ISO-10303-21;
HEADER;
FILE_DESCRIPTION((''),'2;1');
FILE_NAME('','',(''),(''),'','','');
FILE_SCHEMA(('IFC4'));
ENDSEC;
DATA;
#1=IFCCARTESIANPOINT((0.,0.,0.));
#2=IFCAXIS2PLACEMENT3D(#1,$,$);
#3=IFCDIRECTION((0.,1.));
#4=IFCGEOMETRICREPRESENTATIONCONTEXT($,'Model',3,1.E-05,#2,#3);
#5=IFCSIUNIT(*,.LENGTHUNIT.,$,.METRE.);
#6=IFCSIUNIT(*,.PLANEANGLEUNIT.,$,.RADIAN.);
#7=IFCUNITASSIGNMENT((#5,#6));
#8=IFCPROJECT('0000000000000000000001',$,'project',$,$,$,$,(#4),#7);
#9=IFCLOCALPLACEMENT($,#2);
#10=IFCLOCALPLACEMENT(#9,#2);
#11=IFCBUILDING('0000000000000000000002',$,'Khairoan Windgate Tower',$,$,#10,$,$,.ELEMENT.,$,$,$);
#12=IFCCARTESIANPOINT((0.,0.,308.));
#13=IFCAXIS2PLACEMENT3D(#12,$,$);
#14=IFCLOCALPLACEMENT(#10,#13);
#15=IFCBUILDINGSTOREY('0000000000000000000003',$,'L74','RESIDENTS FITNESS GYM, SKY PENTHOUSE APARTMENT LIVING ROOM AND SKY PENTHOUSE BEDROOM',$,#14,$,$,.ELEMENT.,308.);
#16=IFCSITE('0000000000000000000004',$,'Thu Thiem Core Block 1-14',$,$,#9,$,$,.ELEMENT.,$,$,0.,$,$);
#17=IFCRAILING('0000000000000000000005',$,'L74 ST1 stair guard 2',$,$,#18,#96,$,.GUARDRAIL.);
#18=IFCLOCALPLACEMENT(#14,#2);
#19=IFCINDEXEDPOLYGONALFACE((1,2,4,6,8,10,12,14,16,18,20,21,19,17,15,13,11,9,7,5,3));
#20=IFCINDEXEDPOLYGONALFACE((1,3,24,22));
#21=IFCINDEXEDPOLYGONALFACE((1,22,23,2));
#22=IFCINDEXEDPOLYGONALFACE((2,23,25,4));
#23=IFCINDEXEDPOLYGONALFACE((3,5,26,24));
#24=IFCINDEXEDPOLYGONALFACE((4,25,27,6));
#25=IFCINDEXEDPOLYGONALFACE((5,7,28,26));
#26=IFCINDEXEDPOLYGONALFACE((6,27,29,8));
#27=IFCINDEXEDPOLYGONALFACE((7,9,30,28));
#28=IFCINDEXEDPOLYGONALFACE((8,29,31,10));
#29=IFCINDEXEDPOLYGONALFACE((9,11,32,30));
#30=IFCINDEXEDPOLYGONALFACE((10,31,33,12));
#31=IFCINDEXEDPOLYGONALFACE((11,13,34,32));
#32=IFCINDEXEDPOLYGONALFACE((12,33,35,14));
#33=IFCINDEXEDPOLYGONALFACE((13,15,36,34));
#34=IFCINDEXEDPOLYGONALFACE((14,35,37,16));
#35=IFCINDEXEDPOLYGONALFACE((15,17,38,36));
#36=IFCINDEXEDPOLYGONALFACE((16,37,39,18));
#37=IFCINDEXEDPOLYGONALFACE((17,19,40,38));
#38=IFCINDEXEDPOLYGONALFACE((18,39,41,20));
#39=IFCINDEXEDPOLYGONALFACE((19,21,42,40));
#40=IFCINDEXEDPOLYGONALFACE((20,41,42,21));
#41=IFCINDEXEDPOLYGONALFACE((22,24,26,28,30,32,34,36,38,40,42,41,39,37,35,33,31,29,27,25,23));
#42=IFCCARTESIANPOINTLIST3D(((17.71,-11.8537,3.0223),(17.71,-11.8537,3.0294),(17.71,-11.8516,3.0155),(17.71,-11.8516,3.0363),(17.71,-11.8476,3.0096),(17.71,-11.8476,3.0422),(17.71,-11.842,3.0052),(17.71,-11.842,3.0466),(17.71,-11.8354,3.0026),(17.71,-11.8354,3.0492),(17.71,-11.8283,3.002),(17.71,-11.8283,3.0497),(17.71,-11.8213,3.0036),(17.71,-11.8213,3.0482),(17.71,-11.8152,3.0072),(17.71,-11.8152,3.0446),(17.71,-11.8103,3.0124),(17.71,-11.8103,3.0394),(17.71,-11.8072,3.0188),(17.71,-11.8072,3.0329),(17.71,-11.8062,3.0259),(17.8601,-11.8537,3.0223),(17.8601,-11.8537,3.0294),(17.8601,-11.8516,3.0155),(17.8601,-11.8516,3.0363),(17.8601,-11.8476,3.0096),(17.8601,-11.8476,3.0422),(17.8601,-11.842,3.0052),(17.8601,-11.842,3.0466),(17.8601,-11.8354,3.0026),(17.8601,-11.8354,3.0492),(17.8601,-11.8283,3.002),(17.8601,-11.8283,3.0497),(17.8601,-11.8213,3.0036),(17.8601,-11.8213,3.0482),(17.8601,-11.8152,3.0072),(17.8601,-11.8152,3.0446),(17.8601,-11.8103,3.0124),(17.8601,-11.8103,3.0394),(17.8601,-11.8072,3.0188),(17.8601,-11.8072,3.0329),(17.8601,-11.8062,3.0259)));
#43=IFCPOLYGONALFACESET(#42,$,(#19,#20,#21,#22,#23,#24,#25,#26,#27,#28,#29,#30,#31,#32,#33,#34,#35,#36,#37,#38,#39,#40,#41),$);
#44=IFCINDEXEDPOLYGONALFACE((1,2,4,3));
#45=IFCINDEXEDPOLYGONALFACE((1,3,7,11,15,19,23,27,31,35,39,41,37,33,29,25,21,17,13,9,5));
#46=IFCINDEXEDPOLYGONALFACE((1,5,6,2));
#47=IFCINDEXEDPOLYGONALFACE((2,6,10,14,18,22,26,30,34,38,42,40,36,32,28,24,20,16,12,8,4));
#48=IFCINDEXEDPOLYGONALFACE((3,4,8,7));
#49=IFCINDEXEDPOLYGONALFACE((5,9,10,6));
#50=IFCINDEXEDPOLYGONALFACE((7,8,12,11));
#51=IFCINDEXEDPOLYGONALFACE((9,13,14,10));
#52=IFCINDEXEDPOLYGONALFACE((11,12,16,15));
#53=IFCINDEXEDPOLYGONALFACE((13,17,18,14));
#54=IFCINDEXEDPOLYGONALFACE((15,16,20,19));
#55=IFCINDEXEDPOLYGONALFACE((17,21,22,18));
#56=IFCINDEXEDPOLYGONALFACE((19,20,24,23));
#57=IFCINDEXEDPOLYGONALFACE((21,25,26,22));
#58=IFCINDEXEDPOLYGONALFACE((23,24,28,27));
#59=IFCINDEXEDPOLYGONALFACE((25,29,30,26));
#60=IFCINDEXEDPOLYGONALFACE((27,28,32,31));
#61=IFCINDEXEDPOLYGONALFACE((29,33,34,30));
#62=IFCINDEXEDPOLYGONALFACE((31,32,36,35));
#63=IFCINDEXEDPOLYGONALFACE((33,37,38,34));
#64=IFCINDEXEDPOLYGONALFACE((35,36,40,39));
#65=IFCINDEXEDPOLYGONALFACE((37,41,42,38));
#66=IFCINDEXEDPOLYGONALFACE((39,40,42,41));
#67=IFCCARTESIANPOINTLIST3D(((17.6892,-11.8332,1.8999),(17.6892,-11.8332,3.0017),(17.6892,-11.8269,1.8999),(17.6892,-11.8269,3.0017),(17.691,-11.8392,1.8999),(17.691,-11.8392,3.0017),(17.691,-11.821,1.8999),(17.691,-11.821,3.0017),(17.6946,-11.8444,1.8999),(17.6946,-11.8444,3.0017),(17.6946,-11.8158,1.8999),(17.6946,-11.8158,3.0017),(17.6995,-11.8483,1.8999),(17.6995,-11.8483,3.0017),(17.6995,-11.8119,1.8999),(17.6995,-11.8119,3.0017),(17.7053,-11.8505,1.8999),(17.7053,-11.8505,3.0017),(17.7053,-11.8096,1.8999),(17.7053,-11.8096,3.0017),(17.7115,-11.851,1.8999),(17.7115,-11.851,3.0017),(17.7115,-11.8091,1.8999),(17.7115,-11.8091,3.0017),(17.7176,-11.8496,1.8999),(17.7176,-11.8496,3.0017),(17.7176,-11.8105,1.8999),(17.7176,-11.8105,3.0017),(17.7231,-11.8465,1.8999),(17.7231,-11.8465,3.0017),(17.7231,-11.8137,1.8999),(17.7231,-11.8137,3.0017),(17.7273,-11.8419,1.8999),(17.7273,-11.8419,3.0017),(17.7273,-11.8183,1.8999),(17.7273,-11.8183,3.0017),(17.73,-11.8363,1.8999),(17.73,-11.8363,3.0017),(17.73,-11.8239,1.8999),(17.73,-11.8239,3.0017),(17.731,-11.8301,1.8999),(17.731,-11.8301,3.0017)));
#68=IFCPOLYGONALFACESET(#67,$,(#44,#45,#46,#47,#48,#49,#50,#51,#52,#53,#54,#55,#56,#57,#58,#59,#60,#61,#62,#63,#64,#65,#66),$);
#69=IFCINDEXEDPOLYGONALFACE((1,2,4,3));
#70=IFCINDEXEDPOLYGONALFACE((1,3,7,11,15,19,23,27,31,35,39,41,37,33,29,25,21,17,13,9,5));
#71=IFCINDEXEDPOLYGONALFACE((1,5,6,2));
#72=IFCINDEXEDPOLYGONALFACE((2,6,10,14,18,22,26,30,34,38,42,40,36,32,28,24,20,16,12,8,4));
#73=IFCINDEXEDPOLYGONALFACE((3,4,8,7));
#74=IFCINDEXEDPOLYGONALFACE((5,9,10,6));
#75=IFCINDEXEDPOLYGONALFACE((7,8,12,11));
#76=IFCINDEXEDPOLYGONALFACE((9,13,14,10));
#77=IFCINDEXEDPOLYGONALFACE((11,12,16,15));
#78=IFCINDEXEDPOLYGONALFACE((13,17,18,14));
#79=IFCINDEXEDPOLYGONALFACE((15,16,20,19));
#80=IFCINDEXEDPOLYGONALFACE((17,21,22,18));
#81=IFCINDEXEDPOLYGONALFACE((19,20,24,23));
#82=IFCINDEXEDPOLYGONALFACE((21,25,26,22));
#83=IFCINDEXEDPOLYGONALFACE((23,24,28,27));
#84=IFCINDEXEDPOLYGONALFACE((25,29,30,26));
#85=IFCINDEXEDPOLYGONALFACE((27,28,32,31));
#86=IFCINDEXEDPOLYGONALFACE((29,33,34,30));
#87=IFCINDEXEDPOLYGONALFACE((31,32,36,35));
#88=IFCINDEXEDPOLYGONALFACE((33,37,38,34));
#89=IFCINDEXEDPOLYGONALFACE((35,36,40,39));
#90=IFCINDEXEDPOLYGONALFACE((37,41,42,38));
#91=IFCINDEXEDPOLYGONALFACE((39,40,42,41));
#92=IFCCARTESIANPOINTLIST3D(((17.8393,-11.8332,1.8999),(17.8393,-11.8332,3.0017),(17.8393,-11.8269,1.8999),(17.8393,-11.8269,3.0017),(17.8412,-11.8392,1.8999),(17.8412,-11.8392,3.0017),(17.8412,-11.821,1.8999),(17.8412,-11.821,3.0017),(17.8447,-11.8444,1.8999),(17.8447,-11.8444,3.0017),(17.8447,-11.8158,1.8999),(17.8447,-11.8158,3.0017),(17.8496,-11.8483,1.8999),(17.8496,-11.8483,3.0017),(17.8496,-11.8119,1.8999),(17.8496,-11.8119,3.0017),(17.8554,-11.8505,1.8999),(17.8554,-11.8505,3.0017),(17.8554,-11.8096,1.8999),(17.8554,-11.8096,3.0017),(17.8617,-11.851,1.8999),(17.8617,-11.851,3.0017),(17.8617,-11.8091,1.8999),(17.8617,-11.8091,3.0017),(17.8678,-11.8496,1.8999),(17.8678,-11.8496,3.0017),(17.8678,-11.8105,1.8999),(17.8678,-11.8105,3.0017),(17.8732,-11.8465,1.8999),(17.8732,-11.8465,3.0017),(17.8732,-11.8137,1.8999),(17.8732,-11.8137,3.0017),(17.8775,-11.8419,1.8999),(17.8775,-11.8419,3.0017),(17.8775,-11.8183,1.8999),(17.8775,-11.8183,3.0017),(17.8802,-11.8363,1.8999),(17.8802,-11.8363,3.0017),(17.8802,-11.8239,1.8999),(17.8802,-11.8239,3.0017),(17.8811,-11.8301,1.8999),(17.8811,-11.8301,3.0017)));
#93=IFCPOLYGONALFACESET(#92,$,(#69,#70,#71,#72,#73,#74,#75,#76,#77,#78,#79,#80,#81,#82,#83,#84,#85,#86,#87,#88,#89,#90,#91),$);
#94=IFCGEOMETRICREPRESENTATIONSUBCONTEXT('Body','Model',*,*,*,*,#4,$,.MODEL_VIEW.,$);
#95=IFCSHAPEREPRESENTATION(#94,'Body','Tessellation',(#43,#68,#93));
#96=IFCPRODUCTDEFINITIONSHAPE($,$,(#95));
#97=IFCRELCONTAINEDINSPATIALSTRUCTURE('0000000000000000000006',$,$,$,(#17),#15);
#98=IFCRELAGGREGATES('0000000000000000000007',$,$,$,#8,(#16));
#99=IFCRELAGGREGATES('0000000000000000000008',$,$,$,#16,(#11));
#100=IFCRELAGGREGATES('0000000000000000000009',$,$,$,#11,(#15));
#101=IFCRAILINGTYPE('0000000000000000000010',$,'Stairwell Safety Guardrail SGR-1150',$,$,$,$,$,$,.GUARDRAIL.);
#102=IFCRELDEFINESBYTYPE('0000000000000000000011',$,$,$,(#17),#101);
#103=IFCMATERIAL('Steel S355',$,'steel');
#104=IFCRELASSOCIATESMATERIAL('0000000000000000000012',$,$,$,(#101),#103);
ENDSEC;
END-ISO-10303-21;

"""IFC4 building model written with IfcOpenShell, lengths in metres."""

from ifc_helpers import new_model, si_unit, direction, frame, origin, origin_2d, place, context, subcontext, project, spatial, circle, extrude, material, type_object, element, save


model = new_model("IFC4")

# Units and contexts
model_context = context("Model", 3, precision=1e-05, world=origin(), true_north=direction((0.0, 1.0)))
body_context = subcontext(model_context, "Body", "Model", "MODEL_VIEW")
ifc_project = project(units=[si_unit("LENGTHUNIT", "METRE"), si_unit("PLANEANGLEUNIT", "RADIAN")], contexts=[model_context])

# Site, building, storey
site_placement = place(None, origin())
site = spatial("IfcSite", under=ifc_project, at=site_placement, Name="Thu Thiem Core Block 1-14", CompositionType="ELEMENT", RefElevation=0.0)
building_placement = place(site_placement, origin())
building = spatial("IfcBuilding", under=site, at=building_placement, Name="Khairoan Windgate Tower", CompositionType="ELEMENT")
storey_placement = place(building_placement, frame((0.0, 0.0, 308.0)))
storey = spatial("IfcBuildingStorey", under=building, at=storey_placement, Name="L74", Description="RESIDENTS FITNESS GYM, SKY PENTHOUSE APARTMENT LIVING ROOM AND SKY PENTHOUSE BEDROOM", CompositionType="ELEMENT", Elevation=308.0)

# Railing
ifc_material_1 = material(Name="Steel S355", Category="steel")
railing_type_1 = type_object("IfcRailingType", Name="Stairwell Safety Guardrail SGR-1150", PredefinedType="GUARDRAIL", material=ifc_material_1)
railing_1_placement = place(storey_placement, frame((17.71, -11.8301, 1.8999)))
element("IfcRailing", 1, at=railing_1_placement, inside=storey, type_object=railing_type_1, Name="L74 ST1 stair guard 2", PredefinedType="GUARDRAIL", context=body_context, shape_type="SweptSolid", body=[
    extrude(circle(Radius=0.0239, at=origin_2d()), frame((0.0, 0.0, 1.126), z_axis=(1.0, 0.0, 0.0), x_axis=(0.0, 1.0, 0.0)), (0.0, 0.0, 1.0), 0.1501),
    extrude(circle(Radius=0.021, at=origin_2d()), origin(), (0.0, 0.0, 1.0), 1.1018),
    extrude(circle(Radius=0.021, at=origin_2d()), frame((0.1501, 0.0, 0.0)), (0.0, 0.0, 1.0), 1.1018),
])

save(model, "model.ifc")
